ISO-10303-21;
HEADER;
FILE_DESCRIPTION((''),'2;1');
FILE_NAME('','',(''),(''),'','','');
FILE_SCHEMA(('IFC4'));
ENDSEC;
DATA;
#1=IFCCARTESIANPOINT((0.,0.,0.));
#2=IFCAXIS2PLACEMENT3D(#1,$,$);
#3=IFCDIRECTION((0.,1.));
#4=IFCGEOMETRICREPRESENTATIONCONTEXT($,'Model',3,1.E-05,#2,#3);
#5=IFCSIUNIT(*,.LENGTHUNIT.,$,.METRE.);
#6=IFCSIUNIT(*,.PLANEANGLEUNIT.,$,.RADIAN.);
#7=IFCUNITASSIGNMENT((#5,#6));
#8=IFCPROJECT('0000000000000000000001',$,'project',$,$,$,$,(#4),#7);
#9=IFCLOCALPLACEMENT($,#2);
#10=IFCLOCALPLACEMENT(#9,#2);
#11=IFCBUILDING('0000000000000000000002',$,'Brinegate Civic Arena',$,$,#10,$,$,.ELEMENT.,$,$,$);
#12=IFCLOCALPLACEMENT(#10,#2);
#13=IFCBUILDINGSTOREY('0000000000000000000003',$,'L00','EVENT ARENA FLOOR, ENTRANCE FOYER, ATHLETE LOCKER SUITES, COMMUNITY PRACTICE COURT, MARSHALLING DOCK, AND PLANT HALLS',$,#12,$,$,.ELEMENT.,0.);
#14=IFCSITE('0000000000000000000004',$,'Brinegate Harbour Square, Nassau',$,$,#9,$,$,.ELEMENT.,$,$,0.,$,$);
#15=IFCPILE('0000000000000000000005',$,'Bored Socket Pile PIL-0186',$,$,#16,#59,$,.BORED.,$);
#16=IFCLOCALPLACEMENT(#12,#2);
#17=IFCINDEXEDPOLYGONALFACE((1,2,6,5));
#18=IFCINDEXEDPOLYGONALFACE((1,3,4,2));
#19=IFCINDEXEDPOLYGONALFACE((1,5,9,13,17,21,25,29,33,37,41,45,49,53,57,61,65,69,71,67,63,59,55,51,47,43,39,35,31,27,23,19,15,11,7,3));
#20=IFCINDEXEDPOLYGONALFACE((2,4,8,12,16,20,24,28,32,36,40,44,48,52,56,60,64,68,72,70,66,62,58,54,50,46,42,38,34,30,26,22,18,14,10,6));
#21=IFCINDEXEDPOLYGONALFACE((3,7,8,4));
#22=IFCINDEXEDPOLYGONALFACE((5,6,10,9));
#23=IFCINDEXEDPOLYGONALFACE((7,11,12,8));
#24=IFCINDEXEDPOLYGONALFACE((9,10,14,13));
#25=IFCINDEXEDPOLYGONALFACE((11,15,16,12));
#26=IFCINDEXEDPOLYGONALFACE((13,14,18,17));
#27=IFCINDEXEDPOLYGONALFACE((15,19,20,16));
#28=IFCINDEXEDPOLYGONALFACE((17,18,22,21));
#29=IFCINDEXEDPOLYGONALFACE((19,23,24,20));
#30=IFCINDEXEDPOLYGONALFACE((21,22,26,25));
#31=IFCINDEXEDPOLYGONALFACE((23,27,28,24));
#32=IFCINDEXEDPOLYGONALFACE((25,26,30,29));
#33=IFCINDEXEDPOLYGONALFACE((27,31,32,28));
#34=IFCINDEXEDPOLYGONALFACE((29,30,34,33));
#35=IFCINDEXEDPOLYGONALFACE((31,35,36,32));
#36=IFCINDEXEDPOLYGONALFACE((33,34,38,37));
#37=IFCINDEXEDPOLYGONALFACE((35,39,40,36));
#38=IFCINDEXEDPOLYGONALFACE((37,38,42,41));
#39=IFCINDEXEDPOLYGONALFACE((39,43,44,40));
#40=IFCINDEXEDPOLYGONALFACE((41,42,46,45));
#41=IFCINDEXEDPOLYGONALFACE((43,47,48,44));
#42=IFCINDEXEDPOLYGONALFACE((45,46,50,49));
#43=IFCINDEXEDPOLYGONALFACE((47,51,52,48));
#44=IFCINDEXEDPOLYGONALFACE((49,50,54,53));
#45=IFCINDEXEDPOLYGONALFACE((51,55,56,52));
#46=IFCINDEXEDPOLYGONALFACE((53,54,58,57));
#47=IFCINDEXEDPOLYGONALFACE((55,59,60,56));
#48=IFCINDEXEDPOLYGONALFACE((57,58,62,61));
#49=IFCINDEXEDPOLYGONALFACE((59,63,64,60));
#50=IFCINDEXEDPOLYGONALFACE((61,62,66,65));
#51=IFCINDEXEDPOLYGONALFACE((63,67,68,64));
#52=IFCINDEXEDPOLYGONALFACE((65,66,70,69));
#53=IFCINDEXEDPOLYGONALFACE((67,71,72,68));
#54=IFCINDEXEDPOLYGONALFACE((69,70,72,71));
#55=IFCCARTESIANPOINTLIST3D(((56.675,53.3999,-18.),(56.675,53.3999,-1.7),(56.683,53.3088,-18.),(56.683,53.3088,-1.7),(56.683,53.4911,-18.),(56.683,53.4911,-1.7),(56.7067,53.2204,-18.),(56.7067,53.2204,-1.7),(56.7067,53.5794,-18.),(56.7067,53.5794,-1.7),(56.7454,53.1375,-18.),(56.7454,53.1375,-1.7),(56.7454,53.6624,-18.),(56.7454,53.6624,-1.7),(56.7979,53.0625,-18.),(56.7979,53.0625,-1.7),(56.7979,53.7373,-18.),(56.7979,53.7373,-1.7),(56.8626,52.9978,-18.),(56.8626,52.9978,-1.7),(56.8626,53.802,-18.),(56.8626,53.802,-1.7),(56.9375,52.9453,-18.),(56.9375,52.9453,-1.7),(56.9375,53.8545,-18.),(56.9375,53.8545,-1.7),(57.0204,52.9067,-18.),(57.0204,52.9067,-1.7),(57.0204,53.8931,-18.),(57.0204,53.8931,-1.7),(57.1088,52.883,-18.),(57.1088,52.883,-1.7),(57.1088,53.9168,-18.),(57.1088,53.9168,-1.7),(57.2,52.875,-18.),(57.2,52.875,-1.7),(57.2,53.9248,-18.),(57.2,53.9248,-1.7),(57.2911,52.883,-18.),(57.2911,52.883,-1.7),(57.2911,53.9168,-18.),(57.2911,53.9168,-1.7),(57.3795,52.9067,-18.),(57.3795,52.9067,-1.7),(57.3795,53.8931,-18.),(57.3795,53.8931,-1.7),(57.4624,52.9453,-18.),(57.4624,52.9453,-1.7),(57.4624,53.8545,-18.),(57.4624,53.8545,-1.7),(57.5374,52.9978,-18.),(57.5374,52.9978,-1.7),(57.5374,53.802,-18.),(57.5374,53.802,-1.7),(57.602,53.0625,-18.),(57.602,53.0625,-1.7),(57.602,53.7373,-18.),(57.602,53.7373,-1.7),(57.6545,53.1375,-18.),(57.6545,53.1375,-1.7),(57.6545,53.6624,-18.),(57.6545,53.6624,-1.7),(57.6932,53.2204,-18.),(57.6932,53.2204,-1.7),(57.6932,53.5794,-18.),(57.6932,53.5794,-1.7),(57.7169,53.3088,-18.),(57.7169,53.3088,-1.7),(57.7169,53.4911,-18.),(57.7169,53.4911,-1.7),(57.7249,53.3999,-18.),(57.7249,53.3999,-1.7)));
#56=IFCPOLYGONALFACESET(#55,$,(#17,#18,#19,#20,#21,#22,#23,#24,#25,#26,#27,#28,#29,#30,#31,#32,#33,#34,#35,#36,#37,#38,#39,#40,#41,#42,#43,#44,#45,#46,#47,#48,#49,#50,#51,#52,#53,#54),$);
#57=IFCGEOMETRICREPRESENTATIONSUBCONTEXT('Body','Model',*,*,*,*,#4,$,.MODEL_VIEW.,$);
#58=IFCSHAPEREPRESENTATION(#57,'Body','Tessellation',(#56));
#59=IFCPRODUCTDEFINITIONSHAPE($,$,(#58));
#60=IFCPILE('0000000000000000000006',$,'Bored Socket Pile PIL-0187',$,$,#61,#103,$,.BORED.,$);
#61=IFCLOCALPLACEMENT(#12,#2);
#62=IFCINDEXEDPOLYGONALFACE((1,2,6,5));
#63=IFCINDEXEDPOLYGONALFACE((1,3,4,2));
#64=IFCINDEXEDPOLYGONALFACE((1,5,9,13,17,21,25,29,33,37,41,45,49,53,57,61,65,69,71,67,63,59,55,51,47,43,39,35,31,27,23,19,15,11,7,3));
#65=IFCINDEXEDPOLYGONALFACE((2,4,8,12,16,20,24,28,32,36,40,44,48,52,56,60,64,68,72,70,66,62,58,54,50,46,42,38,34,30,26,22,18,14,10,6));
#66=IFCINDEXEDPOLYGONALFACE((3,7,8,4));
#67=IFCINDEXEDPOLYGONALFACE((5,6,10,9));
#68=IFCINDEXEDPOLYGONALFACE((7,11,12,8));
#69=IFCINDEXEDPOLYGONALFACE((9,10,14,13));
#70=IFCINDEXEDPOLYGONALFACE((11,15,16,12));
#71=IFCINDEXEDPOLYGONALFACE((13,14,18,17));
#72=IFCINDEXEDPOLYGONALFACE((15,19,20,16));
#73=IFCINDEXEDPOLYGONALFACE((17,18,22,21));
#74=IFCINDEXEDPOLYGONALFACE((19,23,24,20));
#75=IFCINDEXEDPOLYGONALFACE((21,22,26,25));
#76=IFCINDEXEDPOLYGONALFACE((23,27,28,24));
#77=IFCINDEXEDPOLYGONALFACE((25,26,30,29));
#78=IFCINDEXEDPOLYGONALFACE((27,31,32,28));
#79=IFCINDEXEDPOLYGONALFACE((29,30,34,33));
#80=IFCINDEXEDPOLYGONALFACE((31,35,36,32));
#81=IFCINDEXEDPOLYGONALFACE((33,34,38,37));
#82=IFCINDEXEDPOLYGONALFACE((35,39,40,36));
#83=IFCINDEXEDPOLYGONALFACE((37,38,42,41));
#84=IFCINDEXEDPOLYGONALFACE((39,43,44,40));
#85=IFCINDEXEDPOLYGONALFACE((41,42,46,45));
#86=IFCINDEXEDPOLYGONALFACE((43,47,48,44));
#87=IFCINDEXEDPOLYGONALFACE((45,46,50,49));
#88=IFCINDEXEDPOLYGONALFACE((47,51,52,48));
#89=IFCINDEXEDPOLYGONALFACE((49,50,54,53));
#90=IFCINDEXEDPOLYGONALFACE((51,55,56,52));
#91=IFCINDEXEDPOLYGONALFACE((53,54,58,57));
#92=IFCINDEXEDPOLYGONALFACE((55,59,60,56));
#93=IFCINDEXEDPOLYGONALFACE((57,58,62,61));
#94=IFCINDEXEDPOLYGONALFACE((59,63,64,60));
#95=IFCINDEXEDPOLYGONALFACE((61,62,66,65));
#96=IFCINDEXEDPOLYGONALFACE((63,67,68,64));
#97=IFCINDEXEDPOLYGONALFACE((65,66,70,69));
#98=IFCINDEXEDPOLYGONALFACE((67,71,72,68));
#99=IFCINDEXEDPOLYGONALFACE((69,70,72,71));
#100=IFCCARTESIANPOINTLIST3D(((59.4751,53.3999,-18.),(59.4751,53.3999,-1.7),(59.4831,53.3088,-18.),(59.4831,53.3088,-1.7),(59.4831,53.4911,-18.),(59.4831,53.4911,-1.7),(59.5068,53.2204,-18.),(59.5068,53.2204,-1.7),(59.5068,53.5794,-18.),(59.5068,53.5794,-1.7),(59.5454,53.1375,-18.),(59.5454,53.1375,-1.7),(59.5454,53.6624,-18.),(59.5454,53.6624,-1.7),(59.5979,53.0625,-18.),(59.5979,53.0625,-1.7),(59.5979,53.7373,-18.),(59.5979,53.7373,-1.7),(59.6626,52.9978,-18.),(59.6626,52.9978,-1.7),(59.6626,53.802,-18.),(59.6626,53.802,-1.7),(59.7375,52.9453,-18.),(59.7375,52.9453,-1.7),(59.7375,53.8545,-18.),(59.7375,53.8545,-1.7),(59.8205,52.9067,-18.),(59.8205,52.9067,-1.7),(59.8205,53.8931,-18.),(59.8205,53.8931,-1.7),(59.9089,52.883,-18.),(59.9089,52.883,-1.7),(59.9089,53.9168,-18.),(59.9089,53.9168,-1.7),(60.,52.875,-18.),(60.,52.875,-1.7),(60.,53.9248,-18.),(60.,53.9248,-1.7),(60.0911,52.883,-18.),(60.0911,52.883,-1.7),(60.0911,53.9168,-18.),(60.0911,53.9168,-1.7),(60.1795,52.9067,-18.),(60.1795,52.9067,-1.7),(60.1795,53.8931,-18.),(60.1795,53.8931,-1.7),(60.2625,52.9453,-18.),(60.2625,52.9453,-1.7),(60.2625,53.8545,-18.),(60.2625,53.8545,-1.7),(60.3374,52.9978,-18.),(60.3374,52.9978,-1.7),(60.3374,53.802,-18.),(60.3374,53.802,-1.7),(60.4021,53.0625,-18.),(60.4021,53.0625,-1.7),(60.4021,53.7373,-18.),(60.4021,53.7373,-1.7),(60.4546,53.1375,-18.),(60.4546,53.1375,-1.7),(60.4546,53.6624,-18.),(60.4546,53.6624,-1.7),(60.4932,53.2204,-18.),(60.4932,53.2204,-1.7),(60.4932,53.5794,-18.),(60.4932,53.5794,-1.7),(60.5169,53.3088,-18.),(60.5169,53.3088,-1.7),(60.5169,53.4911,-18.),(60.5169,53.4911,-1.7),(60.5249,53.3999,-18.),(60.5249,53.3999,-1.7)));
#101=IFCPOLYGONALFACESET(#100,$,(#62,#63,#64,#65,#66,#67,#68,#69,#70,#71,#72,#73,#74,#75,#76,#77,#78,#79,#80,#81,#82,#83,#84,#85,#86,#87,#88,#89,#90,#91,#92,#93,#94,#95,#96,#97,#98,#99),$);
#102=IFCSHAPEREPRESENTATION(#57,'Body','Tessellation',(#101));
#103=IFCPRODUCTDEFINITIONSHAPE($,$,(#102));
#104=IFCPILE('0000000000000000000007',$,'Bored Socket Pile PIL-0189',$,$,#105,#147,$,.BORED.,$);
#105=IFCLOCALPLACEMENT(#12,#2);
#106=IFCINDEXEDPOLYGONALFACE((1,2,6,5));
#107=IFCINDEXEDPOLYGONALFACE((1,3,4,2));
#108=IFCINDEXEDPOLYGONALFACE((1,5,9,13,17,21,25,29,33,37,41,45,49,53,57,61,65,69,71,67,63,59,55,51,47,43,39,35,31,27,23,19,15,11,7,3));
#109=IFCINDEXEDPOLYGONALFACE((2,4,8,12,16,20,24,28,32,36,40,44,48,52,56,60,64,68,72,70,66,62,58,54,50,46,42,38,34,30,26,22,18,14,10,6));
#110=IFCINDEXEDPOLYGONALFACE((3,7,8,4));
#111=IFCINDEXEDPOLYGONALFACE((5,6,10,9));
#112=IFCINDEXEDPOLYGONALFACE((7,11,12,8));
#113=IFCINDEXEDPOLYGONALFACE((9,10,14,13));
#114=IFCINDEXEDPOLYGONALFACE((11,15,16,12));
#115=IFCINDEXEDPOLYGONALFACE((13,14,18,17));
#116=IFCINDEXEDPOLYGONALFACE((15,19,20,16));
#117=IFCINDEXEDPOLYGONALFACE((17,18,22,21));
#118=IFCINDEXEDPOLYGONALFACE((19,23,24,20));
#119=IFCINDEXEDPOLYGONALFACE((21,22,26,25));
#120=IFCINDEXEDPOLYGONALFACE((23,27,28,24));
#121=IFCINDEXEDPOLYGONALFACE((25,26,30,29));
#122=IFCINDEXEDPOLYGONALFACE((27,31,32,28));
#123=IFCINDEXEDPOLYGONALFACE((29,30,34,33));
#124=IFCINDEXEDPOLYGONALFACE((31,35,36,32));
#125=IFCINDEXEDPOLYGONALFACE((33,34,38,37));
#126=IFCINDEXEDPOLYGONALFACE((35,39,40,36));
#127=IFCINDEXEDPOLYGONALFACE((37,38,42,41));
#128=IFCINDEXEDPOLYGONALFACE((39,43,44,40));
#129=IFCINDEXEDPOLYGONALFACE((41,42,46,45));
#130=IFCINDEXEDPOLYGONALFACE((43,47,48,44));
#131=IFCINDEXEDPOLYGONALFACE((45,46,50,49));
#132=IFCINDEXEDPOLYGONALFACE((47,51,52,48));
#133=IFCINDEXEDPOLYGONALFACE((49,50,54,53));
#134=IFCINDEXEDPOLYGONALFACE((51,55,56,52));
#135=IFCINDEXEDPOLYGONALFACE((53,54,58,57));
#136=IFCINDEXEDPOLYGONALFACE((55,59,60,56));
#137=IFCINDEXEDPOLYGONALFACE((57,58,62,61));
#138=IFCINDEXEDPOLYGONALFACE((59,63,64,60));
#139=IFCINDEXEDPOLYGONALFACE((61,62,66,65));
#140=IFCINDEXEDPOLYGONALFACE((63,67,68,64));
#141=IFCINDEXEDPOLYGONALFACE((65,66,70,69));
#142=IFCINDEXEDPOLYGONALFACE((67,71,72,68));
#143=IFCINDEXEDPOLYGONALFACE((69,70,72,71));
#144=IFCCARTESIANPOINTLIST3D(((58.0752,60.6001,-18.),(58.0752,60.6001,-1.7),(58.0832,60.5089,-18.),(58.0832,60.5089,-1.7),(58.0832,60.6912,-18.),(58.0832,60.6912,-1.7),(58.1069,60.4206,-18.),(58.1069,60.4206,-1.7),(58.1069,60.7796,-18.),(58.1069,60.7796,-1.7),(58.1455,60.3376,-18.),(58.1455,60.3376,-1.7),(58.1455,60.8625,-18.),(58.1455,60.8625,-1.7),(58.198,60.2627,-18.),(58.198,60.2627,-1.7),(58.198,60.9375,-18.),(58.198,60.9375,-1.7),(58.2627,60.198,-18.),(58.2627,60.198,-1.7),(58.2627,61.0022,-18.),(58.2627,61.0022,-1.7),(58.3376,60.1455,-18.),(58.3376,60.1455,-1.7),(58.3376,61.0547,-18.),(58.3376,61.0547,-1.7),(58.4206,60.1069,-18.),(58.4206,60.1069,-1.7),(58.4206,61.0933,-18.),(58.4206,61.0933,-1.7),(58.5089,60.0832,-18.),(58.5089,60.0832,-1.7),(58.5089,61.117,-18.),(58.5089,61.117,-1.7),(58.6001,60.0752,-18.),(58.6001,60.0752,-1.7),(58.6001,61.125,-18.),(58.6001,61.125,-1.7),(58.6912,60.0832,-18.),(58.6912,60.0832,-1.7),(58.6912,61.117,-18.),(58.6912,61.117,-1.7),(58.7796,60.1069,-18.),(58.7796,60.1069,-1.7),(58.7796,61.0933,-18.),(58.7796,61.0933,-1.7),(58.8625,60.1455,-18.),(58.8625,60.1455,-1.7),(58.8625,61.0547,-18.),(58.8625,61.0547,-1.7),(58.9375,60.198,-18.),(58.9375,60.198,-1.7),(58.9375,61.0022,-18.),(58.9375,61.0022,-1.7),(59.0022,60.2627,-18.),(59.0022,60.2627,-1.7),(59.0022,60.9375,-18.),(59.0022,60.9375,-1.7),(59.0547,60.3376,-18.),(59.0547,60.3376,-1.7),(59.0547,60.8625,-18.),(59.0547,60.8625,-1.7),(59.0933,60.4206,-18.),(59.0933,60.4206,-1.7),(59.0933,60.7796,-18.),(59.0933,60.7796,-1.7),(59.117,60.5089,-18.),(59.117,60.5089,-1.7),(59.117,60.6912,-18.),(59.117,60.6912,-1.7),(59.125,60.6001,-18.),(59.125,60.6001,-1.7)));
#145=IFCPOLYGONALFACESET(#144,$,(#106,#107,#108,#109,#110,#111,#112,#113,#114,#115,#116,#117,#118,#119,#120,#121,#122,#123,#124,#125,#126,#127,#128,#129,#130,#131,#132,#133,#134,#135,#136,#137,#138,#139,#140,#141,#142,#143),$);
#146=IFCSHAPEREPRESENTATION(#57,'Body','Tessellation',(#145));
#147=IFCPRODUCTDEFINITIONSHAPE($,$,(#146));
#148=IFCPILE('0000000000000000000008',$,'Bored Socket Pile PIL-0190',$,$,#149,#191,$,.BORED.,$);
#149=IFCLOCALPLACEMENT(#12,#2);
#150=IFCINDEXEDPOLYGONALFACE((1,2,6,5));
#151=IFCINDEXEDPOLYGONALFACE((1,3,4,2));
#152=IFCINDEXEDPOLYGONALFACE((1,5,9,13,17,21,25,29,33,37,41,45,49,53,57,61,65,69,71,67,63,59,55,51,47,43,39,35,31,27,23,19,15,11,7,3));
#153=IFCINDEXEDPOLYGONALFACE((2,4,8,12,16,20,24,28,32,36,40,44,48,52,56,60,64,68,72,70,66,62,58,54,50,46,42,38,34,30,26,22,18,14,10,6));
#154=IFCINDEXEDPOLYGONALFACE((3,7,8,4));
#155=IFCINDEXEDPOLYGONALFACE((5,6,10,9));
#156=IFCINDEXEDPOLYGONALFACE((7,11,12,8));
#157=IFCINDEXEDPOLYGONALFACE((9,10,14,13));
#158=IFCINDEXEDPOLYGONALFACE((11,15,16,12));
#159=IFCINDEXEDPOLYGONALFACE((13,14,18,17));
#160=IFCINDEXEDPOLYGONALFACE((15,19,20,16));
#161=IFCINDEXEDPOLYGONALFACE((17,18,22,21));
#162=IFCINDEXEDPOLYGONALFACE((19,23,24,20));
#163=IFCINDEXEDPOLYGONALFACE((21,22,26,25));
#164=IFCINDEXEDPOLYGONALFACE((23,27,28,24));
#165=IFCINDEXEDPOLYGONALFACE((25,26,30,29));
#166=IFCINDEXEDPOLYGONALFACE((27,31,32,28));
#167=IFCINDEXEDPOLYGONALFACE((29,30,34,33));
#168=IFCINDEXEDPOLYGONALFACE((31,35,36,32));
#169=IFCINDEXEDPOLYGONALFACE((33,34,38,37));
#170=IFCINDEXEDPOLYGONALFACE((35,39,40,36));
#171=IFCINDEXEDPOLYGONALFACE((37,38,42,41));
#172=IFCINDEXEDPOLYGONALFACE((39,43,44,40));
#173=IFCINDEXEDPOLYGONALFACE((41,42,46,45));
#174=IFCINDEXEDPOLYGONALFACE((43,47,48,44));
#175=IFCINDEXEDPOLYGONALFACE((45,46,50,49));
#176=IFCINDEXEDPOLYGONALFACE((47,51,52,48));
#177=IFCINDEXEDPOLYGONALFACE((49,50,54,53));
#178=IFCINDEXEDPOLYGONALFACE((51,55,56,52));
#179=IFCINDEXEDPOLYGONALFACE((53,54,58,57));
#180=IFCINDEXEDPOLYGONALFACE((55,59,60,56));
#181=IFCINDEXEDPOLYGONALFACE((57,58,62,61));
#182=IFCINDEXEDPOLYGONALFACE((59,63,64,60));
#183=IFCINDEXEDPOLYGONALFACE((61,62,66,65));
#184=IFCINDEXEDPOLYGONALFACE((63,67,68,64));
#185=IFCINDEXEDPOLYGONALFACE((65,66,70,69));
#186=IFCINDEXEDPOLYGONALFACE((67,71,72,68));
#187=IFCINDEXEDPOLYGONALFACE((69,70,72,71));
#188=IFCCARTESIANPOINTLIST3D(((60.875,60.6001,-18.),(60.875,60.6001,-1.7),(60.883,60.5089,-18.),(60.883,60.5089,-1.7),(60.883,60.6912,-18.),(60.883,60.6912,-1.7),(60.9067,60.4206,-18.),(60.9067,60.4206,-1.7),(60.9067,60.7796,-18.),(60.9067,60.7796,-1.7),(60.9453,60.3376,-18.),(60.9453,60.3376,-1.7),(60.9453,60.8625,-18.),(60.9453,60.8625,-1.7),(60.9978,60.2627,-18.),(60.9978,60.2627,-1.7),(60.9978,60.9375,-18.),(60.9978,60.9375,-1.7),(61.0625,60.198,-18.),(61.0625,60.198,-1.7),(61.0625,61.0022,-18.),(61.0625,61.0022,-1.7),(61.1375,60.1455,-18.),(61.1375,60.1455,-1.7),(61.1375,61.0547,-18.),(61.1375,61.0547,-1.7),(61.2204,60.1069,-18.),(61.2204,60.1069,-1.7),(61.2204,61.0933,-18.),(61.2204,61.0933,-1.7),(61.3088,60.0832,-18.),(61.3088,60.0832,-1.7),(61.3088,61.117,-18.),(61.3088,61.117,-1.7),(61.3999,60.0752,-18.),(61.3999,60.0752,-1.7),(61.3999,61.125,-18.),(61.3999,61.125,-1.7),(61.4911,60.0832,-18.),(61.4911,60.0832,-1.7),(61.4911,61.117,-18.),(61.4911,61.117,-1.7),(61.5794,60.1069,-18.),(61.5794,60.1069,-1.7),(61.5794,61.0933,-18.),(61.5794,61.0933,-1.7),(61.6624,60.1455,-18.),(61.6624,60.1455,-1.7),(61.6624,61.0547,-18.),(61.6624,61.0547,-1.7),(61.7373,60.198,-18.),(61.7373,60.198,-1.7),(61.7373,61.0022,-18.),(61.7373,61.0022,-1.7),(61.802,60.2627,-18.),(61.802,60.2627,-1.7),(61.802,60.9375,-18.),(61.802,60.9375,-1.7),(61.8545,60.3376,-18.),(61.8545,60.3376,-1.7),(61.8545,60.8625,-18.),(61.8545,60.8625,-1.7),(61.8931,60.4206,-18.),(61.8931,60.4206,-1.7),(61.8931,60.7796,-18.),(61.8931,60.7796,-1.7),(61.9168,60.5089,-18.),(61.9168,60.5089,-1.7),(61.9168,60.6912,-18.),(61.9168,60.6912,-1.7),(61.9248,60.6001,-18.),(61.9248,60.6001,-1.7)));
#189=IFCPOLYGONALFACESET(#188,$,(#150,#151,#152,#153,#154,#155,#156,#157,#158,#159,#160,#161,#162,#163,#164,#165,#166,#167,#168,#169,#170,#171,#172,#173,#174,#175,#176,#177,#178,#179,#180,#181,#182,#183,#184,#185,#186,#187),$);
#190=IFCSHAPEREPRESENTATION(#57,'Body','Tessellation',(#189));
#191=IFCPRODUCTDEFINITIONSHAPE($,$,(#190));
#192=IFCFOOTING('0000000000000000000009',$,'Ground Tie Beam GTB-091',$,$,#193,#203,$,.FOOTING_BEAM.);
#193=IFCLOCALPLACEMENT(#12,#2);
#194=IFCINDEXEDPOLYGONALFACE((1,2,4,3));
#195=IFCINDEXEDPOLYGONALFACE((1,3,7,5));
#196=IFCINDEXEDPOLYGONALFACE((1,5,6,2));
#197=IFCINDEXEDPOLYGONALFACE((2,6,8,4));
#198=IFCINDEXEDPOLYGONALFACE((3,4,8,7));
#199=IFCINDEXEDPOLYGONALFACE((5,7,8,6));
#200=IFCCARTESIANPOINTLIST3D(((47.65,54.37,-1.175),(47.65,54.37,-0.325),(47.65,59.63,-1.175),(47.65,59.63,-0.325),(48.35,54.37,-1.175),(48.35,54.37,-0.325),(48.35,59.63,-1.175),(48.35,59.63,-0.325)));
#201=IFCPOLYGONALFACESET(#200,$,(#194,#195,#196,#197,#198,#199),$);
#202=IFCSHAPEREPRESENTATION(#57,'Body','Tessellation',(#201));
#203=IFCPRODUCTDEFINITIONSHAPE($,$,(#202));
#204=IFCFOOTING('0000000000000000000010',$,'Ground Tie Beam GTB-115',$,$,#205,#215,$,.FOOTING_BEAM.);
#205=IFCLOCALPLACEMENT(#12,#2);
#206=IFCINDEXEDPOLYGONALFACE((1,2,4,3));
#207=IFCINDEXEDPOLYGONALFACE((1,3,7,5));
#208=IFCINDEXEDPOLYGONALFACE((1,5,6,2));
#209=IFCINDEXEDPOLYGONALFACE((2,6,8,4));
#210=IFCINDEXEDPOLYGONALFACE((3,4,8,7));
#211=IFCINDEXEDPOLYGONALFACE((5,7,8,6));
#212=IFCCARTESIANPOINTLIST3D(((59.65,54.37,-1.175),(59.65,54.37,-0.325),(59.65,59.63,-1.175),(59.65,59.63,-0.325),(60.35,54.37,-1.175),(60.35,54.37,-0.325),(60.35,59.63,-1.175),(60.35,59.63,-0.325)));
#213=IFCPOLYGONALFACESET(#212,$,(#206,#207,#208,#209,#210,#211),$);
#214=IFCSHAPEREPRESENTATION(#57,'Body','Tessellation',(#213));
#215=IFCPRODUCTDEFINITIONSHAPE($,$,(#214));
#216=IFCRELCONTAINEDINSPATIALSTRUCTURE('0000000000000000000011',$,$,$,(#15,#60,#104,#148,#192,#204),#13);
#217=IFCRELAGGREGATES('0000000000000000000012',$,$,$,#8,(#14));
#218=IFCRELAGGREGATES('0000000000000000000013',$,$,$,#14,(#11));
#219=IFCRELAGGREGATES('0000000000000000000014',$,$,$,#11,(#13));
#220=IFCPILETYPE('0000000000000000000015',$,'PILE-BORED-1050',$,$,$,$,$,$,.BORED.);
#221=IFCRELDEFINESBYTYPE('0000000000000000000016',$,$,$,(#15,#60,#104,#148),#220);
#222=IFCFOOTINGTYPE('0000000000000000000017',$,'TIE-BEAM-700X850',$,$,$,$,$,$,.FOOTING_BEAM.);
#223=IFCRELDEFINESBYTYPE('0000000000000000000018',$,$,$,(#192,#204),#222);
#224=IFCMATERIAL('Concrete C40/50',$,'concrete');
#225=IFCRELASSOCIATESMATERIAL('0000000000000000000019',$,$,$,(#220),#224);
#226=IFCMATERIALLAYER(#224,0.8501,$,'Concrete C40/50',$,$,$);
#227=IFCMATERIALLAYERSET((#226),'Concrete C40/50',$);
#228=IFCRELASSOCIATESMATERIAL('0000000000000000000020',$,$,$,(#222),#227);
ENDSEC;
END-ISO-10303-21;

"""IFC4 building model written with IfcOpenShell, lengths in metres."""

from ifc_helpers import new_model, si_unit, direction, frame, origin, origin_2d, place, context, subcontext, project, spatial, rectangle, circle, extrude, material, layer, layer_set, material_profile, profile_set, type_object, element, save


model = new_model("IFC4")

# Units and contexts
model_context = context("Model", 3, precision=1e-05, world=origin(), true_north=direction((0.0, 1.0)))
body_context = subcontext(model_context, "Body", "Model", "MODEL_VIEW")
ifc_project = project(units=[si_unit("LENGTHUNIT", "METRE"), si_unit("PLANEANGLEUNIT", "RADIAN")], contexts=[model_context])

# Site, building, storey
site_placement = place(None, origin())
site = spatial("IfcSite", under=ifc_project, at=site_placement, Name="Brinegate Harbour Square, Nassau", CompositionType="ELEMENT", RefElevation=0.0)
building_placement = place(site_placement, origin())
building = spatial("IfcBuilding", under=site, at=building_placement, Name="Brinegate Civic Arena", CompositionType="ELEMENT")
storey_placement = place(building_placement, origin())
storey = spatial("IfcBuildingStorey", under=building, at=storey_placement, Name="L00", Description="EVENT ARENA FLOOR, ENTRANCE FOYER, ATHLETE LOCKER SUITES, COMMUNITY PRACTICE COURT, MARSHALLING DOCK, AND PLANT HALLS", CompositionType="ELEMENT", Elevation=0.0)

# Shared definitions
ifc_material_1 = material(Name="Concrete C40/50", Category="concrete")

# Piles
ifc_material_profile_1 = material_profile(ifc_material_1, circle(Radius=0.5249, at=origin_2d()), Name="PILED1050")
ifc_profile_set_1 = profile_set([ifc_material_profile_1], Name="Concrete C40/50")
pile_type = type_object("IfcPileType", Name="PILE-BORED-1050", PredefinedType="BORED", material=ifc_profile_set_1)
for number, where, z_axis, x_axis, name in (
    (1, (57.2, 53.3999, -1.7), (0.0, 0.0, -1.0), (1.0, 0.0, 0.0), "Bored Socket Pile PIL-0186"),
    (2, (60.0, 53.3999, -1.7), (0.0, 0.0, -1.0), (1.0, 0.0, 0.0), "Bored Socket Pile PIL-0187"),
    (3, (58.6001, 60.6001, -1.7), (0.0, 0.0, -1.0), (1.0, 0.0, 0.0), "Bored Socket Pile PIL-0189"),
    (4, (61.3999, 60.6001, -1.7), (0.0, 0.0, -1.0), (1.0, 0.0, 0.0), "Bored Socket Pile PIL-0190"),
):
    element("IfcPile", number, at=place(storey_placement, frame(where, z_axis=z_axis, x_axis=x_axis)), inside=storey, type_object=pile_type, Name=name, PredefinedType="BORED", context=body_context, shape_type="SweptSolid", body=[
        extrude(circle(Radius=0.5249, at=origin_2d()), origin(), (0.0, 0.0, 1.0), 16.3),
    ])

# Footings
ifc_layer_1 = layer(ifc_material_1, 0.8501, Name="Concrete C40/50")
ifc_layer_set_1 = layer_set([ifc_layer_1], Name="Concrete C40/50")
footing_type_1 = type_object("IfcFootingType", Name="TIE-BEAM-700X850", PredefinedType="FOOTING_BEAM", material=ifc_layer_set_1)
for number, where, z_axis, x_axis, name in (
    (5, (48.0, 57.0, -1.175), (0.0, 0.0, 1.0), (0.0, 1.0, 0.0), "Ground Tie Beam GTB-091"),
    (6, (60.0, 57.0, -1.175), (0.0, 0.0, 1.0), (0.0, 1.0, 0.0), "Ground Tie Beam GTB-115"),
):
    element("IfcFooting", number, at=place(storey_placement, frame(where, z_axis=z_axis, x_axis=x_axis)), inside=storey, type_object=footing_type_1, Name=name, PredefinedType="FOOTING_BEAM", context=body_context, shape_type="SweptSolid", body=[
        extrude(rectangle(XDim=5.26, YDim=0.7, at=origin_2d()), origin(), (0.0, 0.0, 1.0), 0.8501),
    ])

save(model, "model.ifc")
